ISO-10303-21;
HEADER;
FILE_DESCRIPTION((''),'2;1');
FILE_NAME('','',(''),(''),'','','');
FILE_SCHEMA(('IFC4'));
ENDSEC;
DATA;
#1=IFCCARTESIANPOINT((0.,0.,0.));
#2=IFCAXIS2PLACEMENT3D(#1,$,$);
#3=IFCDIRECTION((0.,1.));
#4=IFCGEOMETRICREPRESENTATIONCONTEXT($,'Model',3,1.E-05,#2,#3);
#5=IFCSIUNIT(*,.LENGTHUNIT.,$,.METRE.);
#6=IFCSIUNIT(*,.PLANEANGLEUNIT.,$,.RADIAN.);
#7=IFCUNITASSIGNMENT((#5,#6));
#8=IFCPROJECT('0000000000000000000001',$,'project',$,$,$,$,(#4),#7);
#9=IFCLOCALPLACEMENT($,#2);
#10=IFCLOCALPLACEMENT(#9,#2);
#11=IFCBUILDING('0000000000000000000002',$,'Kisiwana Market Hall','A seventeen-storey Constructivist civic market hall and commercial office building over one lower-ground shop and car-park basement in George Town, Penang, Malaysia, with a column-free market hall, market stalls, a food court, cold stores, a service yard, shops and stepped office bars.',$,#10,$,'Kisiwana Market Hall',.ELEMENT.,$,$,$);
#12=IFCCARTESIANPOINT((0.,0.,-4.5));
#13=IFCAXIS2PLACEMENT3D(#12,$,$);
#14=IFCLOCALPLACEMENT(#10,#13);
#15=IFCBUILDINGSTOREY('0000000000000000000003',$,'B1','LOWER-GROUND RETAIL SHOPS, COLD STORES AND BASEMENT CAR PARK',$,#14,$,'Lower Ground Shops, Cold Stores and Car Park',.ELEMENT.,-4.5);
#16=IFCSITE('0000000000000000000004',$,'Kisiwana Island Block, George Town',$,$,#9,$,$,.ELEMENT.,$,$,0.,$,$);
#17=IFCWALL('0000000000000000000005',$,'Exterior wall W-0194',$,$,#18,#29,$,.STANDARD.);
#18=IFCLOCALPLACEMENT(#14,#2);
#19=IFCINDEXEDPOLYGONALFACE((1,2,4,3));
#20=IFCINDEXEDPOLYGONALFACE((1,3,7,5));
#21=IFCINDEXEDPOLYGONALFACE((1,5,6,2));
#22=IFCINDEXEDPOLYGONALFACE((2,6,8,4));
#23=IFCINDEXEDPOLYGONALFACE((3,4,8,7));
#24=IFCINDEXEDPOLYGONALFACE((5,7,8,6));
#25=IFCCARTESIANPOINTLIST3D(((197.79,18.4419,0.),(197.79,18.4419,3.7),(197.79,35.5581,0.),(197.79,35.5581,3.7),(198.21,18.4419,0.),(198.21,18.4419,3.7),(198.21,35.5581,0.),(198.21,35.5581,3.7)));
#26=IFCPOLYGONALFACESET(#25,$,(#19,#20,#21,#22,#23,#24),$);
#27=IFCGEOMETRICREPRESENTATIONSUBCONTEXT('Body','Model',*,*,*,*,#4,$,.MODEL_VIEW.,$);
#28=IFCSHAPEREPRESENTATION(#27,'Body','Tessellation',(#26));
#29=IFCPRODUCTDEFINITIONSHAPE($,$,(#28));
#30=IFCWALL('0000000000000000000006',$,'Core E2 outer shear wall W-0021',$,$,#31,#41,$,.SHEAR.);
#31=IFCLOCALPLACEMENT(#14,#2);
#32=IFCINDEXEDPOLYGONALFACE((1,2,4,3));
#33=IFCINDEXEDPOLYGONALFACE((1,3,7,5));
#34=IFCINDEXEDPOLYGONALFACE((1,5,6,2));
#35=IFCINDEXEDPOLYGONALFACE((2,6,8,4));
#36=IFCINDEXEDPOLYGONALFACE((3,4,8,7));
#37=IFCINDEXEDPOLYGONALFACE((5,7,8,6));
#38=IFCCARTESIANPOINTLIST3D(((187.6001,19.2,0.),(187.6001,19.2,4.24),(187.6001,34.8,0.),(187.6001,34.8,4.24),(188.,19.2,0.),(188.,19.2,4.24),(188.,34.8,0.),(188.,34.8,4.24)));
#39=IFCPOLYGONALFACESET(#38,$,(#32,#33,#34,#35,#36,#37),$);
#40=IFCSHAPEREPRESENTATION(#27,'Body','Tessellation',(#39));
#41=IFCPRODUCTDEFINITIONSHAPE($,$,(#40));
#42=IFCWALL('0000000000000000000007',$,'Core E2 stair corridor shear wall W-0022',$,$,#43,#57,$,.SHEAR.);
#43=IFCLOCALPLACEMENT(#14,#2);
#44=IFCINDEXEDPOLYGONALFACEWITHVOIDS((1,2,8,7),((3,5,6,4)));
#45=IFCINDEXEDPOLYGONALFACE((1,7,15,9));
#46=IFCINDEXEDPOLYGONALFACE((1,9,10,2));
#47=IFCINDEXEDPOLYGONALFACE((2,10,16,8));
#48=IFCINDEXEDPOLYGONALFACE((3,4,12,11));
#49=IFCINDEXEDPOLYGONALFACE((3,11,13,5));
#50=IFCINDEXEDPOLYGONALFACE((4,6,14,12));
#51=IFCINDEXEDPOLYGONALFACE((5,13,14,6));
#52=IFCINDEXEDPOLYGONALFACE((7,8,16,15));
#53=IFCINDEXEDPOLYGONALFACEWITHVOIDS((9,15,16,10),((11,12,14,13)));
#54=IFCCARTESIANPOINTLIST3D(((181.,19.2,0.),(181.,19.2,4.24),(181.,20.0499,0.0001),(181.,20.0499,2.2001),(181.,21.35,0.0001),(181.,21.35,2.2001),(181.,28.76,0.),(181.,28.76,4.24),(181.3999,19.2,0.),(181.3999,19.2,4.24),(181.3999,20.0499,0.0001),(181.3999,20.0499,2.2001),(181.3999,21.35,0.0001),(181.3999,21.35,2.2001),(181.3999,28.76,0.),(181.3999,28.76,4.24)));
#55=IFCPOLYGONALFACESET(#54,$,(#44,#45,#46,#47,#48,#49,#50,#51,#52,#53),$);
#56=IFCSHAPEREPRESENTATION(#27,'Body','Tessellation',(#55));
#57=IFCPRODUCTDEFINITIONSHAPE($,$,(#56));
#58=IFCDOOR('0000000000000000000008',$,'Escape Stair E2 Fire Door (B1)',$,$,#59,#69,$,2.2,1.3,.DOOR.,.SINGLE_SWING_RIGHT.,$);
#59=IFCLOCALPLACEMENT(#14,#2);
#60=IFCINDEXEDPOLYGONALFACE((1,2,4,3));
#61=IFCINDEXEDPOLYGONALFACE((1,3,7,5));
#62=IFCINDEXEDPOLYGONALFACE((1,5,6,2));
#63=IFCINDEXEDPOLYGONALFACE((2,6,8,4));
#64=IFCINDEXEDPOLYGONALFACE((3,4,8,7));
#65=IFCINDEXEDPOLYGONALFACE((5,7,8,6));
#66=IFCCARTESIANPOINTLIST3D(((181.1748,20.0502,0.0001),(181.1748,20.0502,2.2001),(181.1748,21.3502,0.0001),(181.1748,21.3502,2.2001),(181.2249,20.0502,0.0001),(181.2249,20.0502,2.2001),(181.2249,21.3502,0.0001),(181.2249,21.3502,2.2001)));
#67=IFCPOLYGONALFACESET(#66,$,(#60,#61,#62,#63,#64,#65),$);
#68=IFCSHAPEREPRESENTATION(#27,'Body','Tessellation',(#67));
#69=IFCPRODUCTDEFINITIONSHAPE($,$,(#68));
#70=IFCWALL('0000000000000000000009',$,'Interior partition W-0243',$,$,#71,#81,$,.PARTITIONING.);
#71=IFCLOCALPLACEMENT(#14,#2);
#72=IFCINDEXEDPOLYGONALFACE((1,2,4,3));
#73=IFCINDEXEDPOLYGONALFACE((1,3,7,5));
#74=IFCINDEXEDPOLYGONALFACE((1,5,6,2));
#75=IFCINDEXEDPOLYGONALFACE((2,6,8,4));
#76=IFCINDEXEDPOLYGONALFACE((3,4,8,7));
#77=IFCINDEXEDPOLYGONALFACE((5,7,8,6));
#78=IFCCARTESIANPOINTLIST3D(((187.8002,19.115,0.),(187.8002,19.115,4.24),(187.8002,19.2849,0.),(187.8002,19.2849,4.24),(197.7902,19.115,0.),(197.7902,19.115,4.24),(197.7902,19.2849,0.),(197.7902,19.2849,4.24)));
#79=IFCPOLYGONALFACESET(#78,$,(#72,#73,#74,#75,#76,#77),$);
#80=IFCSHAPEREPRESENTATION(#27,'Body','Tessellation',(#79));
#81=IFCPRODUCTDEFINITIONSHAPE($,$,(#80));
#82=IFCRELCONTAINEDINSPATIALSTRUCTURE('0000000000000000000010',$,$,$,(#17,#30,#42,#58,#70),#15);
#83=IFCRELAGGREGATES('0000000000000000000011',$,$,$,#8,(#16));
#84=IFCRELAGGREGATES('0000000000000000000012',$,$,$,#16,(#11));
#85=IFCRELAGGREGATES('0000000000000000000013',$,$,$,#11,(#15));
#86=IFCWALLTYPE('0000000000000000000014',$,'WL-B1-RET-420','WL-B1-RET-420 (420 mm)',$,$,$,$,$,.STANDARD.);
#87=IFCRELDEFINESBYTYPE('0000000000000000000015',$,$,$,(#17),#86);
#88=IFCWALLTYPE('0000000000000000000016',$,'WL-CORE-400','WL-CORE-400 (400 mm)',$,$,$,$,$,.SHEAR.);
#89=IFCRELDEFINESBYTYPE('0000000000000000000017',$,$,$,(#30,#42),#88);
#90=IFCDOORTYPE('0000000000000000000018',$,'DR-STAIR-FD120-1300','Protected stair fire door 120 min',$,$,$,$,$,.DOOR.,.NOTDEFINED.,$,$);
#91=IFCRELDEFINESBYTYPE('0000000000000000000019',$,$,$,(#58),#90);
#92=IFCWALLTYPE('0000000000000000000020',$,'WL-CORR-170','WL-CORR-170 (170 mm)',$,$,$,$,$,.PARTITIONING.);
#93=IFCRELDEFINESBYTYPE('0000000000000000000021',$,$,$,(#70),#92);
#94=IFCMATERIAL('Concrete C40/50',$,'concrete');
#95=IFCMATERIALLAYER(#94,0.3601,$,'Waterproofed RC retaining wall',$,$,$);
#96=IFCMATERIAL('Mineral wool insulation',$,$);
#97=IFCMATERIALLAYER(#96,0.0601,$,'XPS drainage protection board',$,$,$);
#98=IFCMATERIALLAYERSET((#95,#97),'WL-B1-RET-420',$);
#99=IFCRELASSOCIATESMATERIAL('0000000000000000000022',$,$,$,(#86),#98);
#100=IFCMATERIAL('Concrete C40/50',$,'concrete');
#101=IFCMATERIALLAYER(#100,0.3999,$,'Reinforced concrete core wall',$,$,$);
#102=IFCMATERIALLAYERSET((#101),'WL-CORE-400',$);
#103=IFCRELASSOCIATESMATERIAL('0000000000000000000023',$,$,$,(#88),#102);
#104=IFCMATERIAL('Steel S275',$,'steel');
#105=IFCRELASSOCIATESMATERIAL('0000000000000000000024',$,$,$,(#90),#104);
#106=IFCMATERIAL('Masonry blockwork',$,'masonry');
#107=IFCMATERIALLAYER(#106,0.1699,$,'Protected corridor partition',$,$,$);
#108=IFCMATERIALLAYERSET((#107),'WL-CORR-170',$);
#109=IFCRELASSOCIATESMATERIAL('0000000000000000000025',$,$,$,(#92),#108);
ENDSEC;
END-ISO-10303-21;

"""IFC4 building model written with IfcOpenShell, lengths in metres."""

from ifc_helpers import new_model, si_unit, direction, frame, frame_2d, origin, place, context, subcontext, project, spatial, rectangle, extrude, material, layer, layer_set, type_object, element, fill, save


model = new_model("IFC4")

# Units and contexts
model_context = context("Model", 3, precision=1e-05, world=origin(), true_north=direction((0.0, 1.0)))
body_context = subcontext(model_context, "Body", "Model", "MODEL_VIEW")
ifc_project = project(units=[si_unit("LENGTHUNIT", "METRE"), si_unit("PLANEANGLEUNIT", "RADIAN")], contexts=[model_context])

# Site, building, storey
site_placement = place(None, origin())
site = spatial("IfcSite", under=ifc_project, at=site_placement, Name="Kisiwana Island Block, George Town", CompositionType="ELEMENT", RefElevation=0.0)
building_placement = place(site_placement, origin())
building = spatial("IfcBuilding", under=site, at=building_placement, Name="Kisiwana Market Hall", Description="A seventeen-storey Constructivist civic market hall and commercial office building over one lower-ground shop and car-park basement in George Town, Penang, Malaysia, with a column-free market hall, market stalls, a food court, cold stores, a service yard, shops and stepped office bars.", LongName="Kisiwana Market Hall", CompositionType="ELEMENT")
storey_placement = place(building_placement, frame((0.0, 0.0, -4.5)))
storey = spatial("IfcBuildingStorey", under=building, at=storey_placement, Name="B1", Description="LOWER-GROUND RETAIL SHOPS, COLD STORES AND BASEMENT CAR PARK", LongName="Lower Ground Shops, Cold Stores and Car Park", CompositionType="ELEMENT", Elevation=-4.5)

# Walls
ifc_material_1 = material(Name="Concrete C40/50", Category="concrete")
ifc_layer_1 = layer(ifc_material_1, 0.3601, Name="Waterproofed RC retaining wall")
ifc_material_2 = material(Name="Mineral wool insulation")
ifc_layer_2 = layer(ifc_material_2, 0.0601, Name="XPS drainage protection board")
ifc_layer_set_1 = layer_set([ifc_layer_1, ifc_layer_2], Name="WL-B1-RET-420")
wall_type_1 = type_object("IfcWallType", Name="WL-B1-RET-420", Description="WL-B1-RET-420 (420 mm)", PredefinedType="STANDARD", material=ifc_layer_set_1)
wall_1_placement = place(storey_placement, frame((198.0, 18.4419, 0.0), z_axis=(0.0, 0.0, 1.0), x_axis=(0.0, 1.0, 0.0)))
element("IfcWall", 1, at=wall_1_placement, inside=storey, type_object=wall_type_1, Name="Exterior wall W-0194", PredefinedType="STANDARD", context=body_context, shape_type="SweptSolid", body=[
    extrude(rectangle(XDim=17.1162, YDim=0.4199, at=frame_2d((8.5581, 0.0))), origin(), (0.0, 0.0, 1.0), 3.7),
])
ifc_material_3 = material(Name="Concrete C40/50", Category="concrete")
ifc_layer_3 = layer(ifc_material_3, 0.3999, Name="Reinforced concrete core wall")
ifc_layer_set_2 = layer_set([ifc_layer_3], Name="WL-CORE-400")
wall_type_2 = type_object("IfcWallType", Name="WL-CORE-400", Description="WL-CORE-400 (400 mm)", PredefinedType="SHEAR", material=ifc_layer_set_2)
wall_2_placement = place(storey_placement, frame((187.8, 19.2, 0.0), z_axis=(0.0, 0.0, 1.0), x_axis=(0.0, 1.0, 0.0)))
element("IfcWall", 2, at=wall_2_placement, inside=storey, type_object=wall_type_2, Name="Core E2 outer shear wall W-0021", PredefinedType="SHEAR", context=body_context, shape_type="SweptSolid", body=[
    extrude(rectangle(XDim=15.6001, YDim=0.3999, at=frame_2d((7.8, 0.0))), origin(), (0.0, 0.0, 1.0), 4.24),
])

# Wall, opening, door
wall_3_placement = place(storey_placement, frame((181.2, 19.2, 0.0), z_axis=(0.0, 0.0, 1.0), x_axis=(0.0, 1.0, 0.0)))
wall_3 = element("IfcWall", 3, at=wall_3_placement, inside=storey, type_object=wall_type_2, Name="Core E2 stair corridor shear wall W-0022", PredefinedType="SHEAR", context=body_context, shape_type="SweptSolid", body=[
    extrude(rectangle(XDim=9.5601, YDim=0.3999, at=frame_2d((4.78, 0.0))), origin(), (0.0, 0.0, 1.0), 4.24),
])
opening_placement = place(wall_3_placement, frame((0.8501, 0.0, 0.0)))
opening = element("IfcOpeningElement", 4, at=opening_placement, cuts=wall_3, PredefinedType="OPENING", context=body_context, shape_type="SweptSolid", body=[
    extrude(rectangle(XDim=1.3, YDim=2.2, at=frame_2d((0.6499, 1.1001))), frame((0.0, 0.2119, 0.0), z_axis=(0.0, -1.0, 0.0), x_axis=(1.0, 0.0, 0.0)), (0.0, 0.0, 1.0), 0.4238),
])
ifc_material_4 = material(Name="Steel S275", Category="steel")
door_type = type_object("IfcDoorType", Name="DR-STAIR-FD120-1300", Description="Protected stair fire door 120 min", OperationType="NOTDEFINED", PredefinedType="DOOR", material=ifc_material_4)
door_placement = place(opening_placement, frame((1.3, 0.0, 0.0), z_axis=(0.0, 0.0, 1.0), x_axis=(-1.0, 0.0, 0.0)))
door = element("IfcDoor", 5, at=door_placement, inside=storey, type_object=door_type, Name="Escape Stair E2 Fire Door (B1)", OperationType="SINGLE_SWING_RIGHT", OverallHeight=2.2, OverallWidth=1.3, PredefinedType="DOOR", context=body_context, shape_type="SweptSolid", body=[
    extrude(rectangle(XDim=1.3, YDim=2.2, at=frame_2d((0.6499, 1.1001))), frame((0.0, 0.0249, 0.0), z_axis=(0.0, -1.0, 0.0), x_axis=(1.0, 0.0, 0.0)), (0.0, 0.0, 1.0), 0.05),
])
fill(opening, door)

# Wall
ifc_material_5 = material(Name="Masonry blockwork", Category="masonry")
ifc_layer_4 = layer(ifc_material_5, 0.1699, Name="Protected corridor partition")
ifc_layer_set_3 = layer_set([ifc_layer_4], Name="WL-CORR-170")
wall_type_3 = type_object("IfcWallType", Name="WL-CORR-170", Description="WL-CORR-170 (170 mm)", PredefinedType="PARTITIONING", material=ifc_layer_set_3)
wall_4_placement = place(storey_placement, frame((187.8, 19.2, 0.0), z_axis=(0.0, 0.0, 1.0), x_axis=(1.0, 0.0, 0.0)))
element("IfcWall", 6, at=wall_4_placement, inside=storey, type_object=wall_type_3, Name="Interior partition W-0243", PredefinedType="PARTITIONING", context=body_context, shape_type="SweptSolid", body=[
    extrude(rectangle(XDim=9.99, YDim=0.1699, at=frame_2d((4.9951, 0.0))), origin(), (0.0, 0.0, 1.0), 4.24),
])

save(model, "model.ifc")
